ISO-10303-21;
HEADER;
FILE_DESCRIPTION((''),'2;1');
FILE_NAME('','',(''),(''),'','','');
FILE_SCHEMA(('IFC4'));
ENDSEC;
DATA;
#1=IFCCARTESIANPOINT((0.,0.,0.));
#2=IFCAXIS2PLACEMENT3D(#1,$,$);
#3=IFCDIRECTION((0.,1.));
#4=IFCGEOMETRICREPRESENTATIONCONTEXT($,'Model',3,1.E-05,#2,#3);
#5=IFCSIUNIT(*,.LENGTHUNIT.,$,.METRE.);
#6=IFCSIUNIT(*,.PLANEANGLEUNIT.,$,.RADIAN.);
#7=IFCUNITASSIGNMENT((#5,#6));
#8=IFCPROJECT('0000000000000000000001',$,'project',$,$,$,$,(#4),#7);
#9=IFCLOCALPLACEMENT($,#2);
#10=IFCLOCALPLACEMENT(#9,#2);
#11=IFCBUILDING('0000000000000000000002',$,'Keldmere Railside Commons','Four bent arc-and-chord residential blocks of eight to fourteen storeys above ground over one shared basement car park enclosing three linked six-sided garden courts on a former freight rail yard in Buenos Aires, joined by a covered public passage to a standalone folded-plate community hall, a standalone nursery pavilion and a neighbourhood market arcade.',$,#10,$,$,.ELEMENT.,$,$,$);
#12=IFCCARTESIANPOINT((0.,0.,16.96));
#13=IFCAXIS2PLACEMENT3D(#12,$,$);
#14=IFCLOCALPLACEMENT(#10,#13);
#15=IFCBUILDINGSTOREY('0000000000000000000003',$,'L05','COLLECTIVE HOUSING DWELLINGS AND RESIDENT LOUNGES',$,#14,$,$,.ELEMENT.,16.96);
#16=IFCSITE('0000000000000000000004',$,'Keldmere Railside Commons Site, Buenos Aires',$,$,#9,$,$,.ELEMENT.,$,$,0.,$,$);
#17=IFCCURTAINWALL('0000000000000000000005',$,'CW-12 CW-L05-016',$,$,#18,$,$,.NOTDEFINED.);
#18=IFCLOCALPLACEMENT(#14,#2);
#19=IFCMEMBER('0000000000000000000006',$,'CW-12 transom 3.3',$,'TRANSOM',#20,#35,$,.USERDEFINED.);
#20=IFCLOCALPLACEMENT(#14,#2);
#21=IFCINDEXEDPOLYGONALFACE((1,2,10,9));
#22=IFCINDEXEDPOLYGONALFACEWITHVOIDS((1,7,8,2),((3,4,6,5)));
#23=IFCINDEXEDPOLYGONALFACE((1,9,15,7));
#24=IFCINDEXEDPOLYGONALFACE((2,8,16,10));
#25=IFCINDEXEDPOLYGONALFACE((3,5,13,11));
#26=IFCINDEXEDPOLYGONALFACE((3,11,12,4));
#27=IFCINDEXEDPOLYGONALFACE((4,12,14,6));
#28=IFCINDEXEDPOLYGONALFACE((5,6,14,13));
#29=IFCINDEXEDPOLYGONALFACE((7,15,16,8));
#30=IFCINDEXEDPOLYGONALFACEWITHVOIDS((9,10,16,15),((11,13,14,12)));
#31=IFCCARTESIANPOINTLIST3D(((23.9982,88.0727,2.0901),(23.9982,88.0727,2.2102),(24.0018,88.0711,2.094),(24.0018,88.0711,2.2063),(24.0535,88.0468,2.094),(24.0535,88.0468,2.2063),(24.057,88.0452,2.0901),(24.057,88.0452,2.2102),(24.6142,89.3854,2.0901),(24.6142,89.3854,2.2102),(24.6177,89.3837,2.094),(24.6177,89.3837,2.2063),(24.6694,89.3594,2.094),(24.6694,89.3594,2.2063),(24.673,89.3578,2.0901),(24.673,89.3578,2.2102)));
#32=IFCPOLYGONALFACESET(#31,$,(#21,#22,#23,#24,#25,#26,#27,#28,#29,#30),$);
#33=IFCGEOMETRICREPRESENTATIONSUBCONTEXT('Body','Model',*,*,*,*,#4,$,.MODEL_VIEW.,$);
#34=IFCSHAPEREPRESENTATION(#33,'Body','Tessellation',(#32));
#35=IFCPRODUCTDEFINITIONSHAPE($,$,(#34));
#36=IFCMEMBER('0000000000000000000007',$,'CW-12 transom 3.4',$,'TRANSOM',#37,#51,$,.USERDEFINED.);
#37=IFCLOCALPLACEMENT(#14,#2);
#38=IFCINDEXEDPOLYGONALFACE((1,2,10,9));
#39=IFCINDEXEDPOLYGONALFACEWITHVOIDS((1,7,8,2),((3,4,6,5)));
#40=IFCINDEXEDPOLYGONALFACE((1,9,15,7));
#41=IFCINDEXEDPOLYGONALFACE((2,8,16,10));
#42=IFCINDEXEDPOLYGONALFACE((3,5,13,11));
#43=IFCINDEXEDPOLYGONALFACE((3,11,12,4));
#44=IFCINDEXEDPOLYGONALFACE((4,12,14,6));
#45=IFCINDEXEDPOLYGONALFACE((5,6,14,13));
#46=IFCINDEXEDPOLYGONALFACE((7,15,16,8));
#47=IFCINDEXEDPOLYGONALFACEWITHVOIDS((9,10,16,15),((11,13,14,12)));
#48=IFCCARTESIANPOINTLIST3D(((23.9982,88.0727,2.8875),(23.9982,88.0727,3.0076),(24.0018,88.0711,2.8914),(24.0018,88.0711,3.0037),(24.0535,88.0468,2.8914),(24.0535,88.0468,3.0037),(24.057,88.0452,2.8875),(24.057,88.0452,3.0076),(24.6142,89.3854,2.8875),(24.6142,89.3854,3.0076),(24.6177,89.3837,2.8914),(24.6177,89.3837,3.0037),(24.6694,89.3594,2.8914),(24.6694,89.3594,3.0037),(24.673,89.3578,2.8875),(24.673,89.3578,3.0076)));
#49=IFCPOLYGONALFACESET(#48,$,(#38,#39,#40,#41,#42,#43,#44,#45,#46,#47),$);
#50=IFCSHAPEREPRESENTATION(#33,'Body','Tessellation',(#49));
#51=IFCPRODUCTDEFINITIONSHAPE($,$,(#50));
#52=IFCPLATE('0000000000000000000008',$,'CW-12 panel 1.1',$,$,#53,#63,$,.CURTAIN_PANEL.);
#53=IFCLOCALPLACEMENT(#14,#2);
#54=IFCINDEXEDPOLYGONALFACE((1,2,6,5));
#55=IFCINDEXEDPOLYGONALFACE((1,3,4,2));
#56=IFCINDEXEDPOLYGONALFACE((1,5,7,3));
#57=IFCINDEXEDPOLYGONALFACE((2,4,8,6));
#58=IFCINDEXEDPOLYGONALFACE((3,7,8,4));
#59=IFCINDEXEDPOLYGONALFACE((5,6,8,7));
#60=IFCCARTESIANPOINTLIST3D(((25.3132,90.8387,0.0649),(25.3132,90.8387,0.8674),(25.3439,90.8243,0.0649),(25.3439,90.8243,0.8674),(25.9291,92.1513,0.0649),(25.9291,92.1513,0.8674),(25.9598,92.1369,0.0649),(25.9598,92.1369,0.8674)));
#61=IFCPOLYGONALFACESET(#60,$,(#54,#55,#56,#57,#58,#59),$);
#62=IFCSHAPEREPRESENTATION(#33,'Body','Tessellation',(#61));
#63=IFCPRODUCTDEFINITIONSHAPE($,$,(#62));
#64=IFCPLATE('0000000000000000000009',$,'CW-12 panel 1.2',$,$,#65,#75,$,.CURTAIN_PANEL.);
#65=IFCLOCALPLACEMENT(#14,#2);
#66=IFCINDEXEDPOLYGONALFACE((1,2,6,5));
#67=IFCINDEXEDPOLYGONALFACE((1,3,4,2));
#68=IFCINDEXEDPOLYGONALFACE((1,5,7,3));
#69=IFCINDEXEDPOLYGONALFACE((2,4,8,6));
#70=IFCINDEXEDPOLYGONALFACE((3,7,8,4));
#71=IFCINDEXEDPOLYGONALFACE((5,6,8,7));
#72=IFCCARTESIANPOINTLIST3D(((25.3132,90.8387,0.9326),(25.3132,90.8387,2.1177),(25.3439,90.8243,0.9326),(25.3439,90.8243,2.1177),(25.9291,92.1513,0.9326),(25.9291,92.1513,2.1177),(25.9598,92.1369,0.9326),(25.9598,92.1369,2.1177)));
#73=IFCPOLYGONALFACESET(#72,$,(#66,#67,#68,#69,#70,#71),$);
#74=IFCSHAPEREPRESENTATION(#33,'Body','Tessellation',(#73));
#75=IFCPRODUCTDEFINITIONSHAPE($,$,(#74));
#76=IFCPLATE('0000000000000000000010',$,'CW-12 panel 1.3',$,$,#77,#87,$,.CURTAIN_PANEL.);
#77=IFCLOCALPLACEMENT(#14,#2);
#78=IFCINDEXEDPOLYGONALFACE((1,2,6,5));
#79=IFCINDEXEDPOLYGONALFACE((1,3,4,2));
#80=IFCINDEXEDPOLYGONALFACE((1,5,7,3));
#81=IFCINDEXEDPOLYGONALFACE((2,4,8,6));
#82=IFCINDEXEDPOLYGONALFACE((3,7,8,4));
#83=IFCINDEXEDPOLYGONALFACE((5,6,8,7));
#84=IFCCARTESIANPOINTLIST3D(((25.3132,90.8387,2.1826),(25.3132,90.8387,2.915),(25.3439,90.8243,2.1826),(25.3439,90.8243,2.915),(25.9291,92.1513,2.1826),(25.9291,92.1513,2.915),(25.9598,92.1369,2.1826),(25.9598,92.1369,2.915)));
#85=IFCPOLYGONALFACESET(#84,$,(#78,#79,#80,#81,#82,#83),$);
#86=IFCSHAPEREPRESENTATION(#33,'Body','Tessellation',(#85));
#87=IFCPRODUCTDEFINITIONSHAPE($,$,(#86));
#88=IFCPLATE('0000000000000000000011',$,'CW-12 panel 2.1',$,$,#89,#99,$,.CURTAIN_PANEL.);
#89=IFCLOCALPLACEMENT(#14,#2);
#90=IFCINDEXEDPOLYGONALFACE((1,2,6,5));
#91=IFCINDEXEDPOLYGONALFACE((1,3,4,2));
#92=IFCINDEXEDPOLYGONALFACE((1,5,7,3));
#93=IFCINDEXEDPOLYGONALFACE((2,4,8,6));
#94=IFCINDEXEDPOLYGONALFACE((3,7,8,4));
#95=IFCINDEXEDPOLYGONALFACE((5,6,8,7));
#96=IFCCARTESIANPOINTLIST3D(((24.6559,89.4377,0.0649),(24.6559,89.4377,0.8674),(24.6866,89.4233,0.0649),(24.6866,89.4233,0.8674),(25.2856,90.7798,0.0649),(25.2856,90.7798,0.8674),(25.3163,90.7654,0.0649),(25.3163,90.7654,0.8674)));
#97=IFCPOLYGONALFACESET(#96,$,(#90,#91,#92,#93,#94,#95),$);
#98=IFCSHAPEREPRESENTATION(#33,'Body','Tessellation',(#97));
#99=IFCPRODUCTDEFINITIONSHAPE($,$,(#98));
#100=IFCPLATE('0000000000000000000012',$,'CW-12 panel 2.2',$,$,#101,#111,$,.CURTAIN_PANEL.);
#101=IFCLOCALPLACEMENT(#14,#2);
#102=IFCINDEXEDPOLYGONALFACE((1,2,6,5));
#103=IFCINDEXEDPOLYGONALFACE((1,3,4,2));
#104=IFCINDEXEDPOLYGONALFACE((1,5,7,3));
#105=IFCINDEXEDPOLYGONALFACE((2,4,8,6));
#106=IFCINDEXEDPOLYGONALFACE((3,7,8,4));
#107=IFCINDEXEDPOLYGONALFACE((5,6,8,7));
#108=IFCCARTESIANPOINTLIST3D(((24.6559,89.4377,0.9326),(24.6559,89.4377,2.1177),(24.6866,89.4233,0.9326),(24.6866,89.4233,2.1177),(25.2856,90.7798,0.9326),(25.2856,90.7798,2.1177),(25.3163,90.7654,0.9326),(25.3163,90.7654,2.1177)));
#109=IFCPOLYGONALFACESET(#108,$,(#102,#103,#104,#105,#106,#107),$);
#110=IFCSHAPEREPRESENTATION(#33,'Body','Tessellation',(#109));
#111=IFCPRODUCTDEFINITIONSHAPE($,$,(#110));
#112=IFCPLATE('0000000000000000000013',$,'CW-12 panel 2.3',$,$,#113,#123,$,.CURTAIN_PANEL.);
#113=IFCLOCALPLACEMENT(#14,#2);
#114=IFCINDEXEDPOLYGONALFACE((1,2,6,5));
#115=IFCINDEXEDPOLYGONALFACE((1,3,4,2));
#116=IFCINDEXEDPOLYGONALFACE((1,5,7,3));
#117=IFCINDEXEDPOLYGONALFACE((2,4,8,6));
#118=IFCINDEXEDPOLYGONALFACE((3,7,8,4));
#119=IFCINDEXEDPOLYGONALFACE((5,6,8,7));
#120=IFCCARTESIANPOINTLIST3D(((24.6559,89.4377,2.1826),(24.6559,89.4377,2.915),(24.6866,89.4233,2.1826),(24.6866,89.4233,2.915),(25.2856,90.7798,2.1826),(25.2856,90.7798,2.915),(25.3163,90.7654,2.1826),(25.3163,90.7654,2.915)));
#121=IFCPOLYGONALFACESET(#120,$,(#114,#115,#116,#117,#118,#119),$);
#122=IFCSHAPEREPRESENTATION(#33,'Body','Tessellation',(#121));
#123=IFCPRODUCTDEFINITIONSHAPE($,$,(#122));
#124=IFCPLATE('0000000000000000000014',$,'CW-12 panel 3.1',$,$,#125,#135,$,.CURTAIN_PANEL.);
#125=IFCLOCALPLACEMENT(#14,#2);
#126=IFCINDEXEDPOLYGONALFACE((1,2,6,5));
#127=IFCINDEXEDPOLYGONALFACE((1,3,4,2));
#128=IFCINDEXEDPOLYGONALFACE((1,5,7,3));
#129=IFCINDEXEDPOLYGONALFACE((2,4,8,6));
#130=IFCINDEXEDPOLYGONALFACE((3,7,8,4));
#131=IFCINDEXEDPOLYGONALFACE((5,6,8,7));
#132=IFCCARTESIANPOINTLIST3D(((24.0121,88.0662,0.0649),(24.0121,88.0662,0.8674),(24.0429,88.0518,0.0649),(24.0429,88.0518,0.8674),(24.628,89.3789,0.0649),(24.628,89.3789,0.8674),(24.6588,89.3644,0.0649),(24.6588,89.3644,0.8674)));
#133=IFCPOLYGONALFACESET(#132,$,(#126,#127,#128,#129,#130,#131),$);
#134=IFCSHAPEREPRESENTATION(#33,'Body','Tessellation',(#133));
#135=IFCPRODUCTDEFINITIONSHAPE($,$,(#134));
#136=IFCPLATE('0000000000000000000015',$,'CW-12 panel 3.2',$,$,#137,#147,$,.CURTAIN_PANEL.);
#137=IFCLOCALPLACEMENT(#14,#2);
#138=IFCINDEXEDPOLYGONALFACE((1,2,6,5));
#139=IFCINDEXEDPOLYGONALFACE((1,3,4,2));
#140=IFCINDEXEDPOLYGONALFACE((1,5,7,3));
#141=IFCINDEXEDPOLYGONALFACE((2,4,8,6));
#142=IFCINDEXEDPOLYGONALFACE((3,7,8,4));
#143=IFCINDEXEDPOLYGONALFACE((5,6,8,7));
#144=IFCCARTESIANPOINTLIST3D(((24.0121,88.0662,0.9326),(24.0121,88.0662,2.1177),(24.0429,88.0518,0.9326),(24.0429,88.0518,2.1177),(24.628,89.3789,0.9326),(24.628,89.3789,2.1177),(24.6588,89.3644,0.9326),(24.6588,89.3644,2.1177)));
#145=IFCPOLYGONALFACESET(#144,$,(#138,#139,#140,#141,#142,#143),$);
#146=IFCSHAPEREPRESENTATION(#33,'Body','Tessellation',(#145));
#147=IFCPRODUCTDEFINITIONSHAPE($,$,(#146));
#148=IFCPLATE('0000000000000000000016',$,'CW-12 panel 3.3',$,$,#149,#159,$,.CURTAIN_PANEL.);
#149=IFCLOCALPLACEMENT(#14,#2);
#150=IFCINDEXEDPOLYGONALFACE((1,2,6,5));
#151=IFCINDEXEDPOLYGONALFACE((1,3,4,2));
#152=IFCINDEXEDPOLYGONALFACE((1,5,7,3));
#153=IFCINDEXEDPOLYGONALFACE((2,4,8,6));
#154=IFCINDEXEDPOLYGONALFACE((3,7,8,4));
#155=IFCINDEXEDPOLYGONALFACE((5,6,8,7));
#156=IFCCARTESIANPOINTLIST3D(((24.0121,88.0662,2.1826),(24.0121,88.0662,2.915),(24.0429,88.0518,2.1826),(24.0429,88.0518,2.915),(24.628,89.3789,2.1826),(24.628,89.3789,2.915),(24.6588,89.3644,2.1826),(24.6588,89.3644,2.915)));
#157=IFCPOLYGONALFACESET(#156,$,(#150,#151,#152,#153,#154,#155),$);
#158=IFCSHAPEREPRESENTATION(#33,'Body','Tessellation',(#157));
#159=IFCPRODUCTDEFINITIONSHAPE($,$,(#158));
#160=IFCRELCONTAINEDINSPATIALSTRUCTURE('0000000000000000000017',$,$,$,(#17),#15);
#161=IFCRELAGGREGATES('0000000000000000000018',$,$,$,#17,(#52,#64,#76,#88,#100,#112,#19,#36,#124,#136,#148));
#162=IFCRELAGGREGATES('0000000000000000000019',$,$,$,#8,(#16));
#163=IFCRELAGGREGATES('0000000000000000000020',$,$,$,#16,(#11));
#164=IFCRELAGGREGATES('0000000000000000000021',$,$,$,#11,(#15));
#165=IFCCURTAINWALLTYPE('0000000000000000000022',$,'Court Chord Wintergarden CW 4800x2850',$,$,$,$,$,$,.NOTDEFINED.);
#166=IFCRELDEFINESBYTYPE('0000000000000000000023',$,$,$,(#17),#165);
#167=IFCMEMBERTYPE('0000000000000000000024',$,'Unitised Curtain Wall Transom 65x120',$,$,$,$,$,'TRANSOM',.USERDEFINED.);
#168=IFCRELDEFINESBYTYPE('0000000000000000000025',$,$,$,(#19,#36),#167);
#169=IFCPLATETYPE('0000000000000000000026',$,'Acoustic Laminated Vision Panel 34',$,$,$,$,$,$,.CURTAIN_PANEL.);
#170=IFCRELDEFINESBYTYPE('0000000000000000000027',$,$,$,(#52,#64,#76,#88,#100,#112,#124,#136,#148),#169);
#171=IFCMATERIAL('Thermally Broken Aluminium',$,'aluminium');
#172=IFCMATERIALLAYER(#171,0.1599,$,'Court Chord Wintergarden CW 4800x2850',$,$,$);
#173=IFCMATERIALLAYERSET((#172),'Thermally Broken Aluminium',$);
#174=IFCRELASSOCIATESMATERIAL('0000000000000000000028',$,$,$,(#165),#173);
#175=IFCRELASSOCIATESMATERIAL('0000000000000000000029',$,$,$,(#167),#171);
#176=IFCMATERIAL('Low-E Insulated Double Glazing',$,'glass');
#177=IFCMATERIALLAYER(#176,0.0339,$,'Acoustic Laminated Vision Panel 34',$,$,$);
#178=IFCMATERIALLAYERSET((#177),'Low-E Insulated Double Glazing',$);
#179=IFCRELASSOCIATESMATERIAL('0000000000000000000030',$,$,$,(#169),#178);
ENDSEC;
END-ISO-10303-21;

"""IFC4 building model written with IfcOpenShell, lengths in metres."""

from ifc_helpers import new_model, si_unit, direction, frame, origin, origin_2d, place, context, subcontext, project, spatial, rectangle, hollow_rectangle, extrude, material, layer, layer_set, material_profile, profile_set, type_object, element, aggregate, save


model = new_model("IFC4")

# Units and contexts
model_context = context("Model", 3, precision=1e-05, world=origin(), true_north=direction((0.0, 1.0)))
body_context = subcontext(model_context, "Body", "Model", "MODEL_VIEW")
ifc_project = project(units=[si_unit("LENGTHUNIT", "METRE"), si_unit("PLANEANGLEUNIT", "RADIAN")], contexts=[model_context])

# Site, building, storey
site_placement = place(None, origin())
site = spatial("IfcSite", under=ifc_project, at=site_placement, Name="Keldmere Railside Commons Site, Buenos Aires", CompositionType="ELEMENT", RefElevation=0.0)
building_placement = place(site_placement, origin())
building = spatial("IfcBuilding", under=site, at=building_placement, Name="Keldmere Railside Commons", Description="Four bent arc-and-chord residential blocks of eight to fourteen storeys above ground over one shared basement car park enclosing three linked six-sided garden courts on a former freight rail yard in Buenos Aires, joined by a covered public passage to a standalone folded-plate community hall, a standalone nursery pavilion and a neighbourhood market arcade.", CompositionType="ELEMENT")
storey_placement = place(building_placement, frame((0.0, 0.0, 16.96)))
storey = spatial("IfcBuildingStorey", under=building, at=storey_placement, Name="L05", Description="COLLECTIVE HOUSING DWELLINGS AND RESIDENT LOUNGES", CompositionType="ELEMENT", Elevation=16.96)

# Curtain wall, members, plates
ifc_material_1 = material(Name="Thermally Broken Aluminium", Category="aluminium")
ifc_layer_1 = layer(ifc_material_1, 0.1599, Name="Court Chord Wintergarden CW 4800x2850")
ifc_layer_set_1 = layer_set([ifc_layer_1], Name="Thermally Broken Aluminium")
curtain_wall_type = type_object("IfcCurtainWallType", Name="Court Chord Wintergarden CW 4800x2850", PredefinedType="NOTDEFINED", material=ifc_layer_set_1)
curtain_wall_placement = place(storey_placement, origin())
curtain_wall = element("IfcCurtainWall", 1, at=curtain_wall_placement, inside=storey, type_object=curtain_wall_type, Name="CW-12 CW-L05-016", PredefinedType="NOTDEFINED")
ifc_material_profile_1 = material_profile(ifc_material_1, hollow_rectangle(XDim=0.0649, YDim=0.1201, WallThickness=0.0039, at=origin_2d()), Name="ALU-TRAN-65x120")
ifc_profile_set_1 = profile_set([ifc_material_profile_1], Name="Thermally Broken Aluminium")
member_type_1 = type_object("IfcMemberType", Name="Unitised Curtain Wall Transom 65x120", ElementType="TRANSOM", PredefinedType="USERDEFINED", material=ifc_profile_set_1)
member_1_placement = place(storey_placement, frame((24.6436, 89.3716, 2.1501), z_axis=(-0.424783, -0.905295, 0.0), x_axis=(0.905295, -0.424783, 0.0)))
member_1 = element("IfcMember", 2, at=member_1_placement, type_object=member_type_1, Name="CW-12 transom 3.3", ObjectType="TRANSOM", PredefinedType="USERDEFINED", context=body_context, shape_type="SweptSolid", body=[
    extrude(hollow_rectangle(XDim=0.0649, YDim=0.1201, WallThickness=0.0039, at=origin_2d()), origin(), (0.0, 0.0, 1.0), 1.45),
])
member_2_placement = place(storey_placement, frame((24.6436, 89.3716, 2.9475), z_axis=(-0.424783, -0.905295, 0.0), x_axis=(0.905295, -0.424783, 0.0)))
member_2 = element("IfcMember", 3, at=member_2_placement, type_object=member_type_1, Name="CW-12 transom 3.4", ObjectType="TRANSOM", PredefinedType="USERDEFINED", context=body_context, shape_type="SweptSolid", body=[
    extrude(hollow_rectangle(XDim=0.0649, YDim=0.1201, WallThickness=0.0039, at=origin_2d()), origin(), (0.0, 0.0, 1.0), 1.45),
])
ifc_material_2 = material(Name="Low-E Insulated Double Glazing", Category="glass")
ifc_layer_2 = layer(ifc_material_2, 0.0339, Name="Acoustic Laminated Vision Panel 34")
ifc_layer_set_2 = layer_set([ifc_layer_2], Name="Low-E Insulated Double Glazing")
plate_type = type_object("IfcPlateType", Name="Acoustic Laminated Vision Panel 34", PredefinedType="CURTAIN_PANEL", material=ifc_layer_set_2)
plate_1_placement = place(storey_placement, frame((25.6365, 91.4878, 0.0649), z_axis=(0.0, 0.0, 1.0), x_axis=(-0.424759, -0.905306, 0.0)))
plate_1 = element("IfcPlate", 4, at=plate_1_placement, type_object=plate_type, Name="CW-12 panel 1.1", PredefinedType="CURTAIN_PANEL", context=body_context, shape_type="SweptSolid", body=[
    extrude(rectangle(XDim=1.45, YDim=0.0339, at=origin_2d()), origin(), (0.0, 0.0, 1.0), 0.8025),
])
plate_2_placement = place(storey_placement, frame((25.6365, 91.4878, 0.9326), z_axis=(0.0, 0.0, 1.0), x_axis=(-0.424759, -0.905306, 0.0)))
plate_2 = element("IfcPlate", 5, at=plate_2_placement, type_object=plate_type, Name="CW-12 panel 1.2", PredefinedType="CURTAIN_PANEL", context=body_context, shape_type="SweptSolid", body=[
    extrude(rectangle(XDim=1.45, YDim=0.0339, at=origin_2d()), origin(), (0.0, 0.0, 1.0), 1.1851),
])
plate_3_placement = place(storey_placement, frame((25.6365, 91.4878, 2.1826), z_axis=(0.0, 0.0, 1.0), x_axis=(-0.424759, -0.905306, 0.0)))
plate_3 = element("IfcPlate", 6, at=plate_3_placement, type_object=plate_type, Name="CW-12 panel 1.3", PredefinedType="CURTAIN_PANEL", context=body_context, shape_type="SweptSolid", body=[
    extrude(rectangle(XDim=1.45, YDim=0.0339, at=origin_2d()), origin(), (0.0, 0.0, 1.0), 0.7324),
])
plate_4_placement = place(storey_placement, frame((24.9861, 90.1016, 0.0649), z_axis=(0.0, 0.0, 1.0), x_axis=(-0.424759, -0.905306, 0.0)))
plate_4 = element("IfcPlate", 7, at=plate_4_placement, type_object=plate_type, Name="CW-12 panel 2.1", PredefinedType="CURTAIN_PANEL", context=body_context, shape_type="SweptSolid", body=[
    extrude(rectangle(XDim=1.4824, YDim=0.0339, at=origin_2d()), origin(), (0.0, 0.0, 1.0), 0.8025),
])
plate_5_placement = place(storey_placement, frame((24.9861, 90.1016, 0.9326), z_axis=(0.0, 0.0, 1.0), x_axis=(-0.424759, -0.905306, 0.0)))
plate_5 = element("IfcPlate", 8, at=plate_5_placement, type_object=plate_type, Name="CW-12 panel 2.2", PredefinedType="CURTAIN_PANEL", context=body_context, shape_type="SweptSolid", body=[
    extrude(rectangle(XDim=1.4824, YDim=0.0339, at=origin_2d()), origin(), (0.0, 0.0, 1.0), 1.1851),
])
plate_6_placement = place(storey_placement, frame((24.9861, 90.1016, 2.1826), z_axis=(0.0, 0.0, 1.0), x_axis=(-0.424759, -0.905306, 0.0)))
plate_6 = element("IfcPlate", 9, at=plate_6_placement, type_object=plate_type, Name="CW-12 panel 2.3", PredefinedType="CURTAIN_PANEL", context=body_context, shape_type="SweptSolid", body=[
    extrude(rectangle(XDim=1.4824, YDim=0.0339, at=origin_2d()), origin(), (0.0, 0.0, 1.0), 0.7324),
])
plate_7_placement = place(storey_placement, frame((24.3354, 88.7153, 0.0649), z_axis=(0.0, 0.0, 1.0), x_axis=(-0.424759, -0.905306, 0.0)))
plate_7 = element("IfcPlate", 10, at=plate_7_placement, type_object=plate_type, Name="CW-12 panel 3.1", PredefinedType="CURTAIN_PANEL", context=body_context, shape_type="SweptSolid", body=[
    extrude(rectangle(XDim=1.45, YDim=0.0339, at=origin_2d()), origin(), (0.0, 0.0, 1.0), 0.8025),
])
plate_8_placement = place(storey_placement, frame((24.3354, 88.7153, 0.9326), z_axis=(0.0, 0.0, 1.0), x_axis=(-0.424759, -0.905306, 0.0)))
plate_8 = element("IfcPlate", 11, at=plate_8_placement, type_object=plate_type, Name="CW-12 panel 3.2", PredefinedType="CURTAIN_PANEL", context=body_context, shape_type="SweptSolid", body=[
    extrude(rectangle(XDim=1.45, YDim=0.0339, at=origin_2d()), origin(), (0.0, 0.0, 1.0), 1.1851),
])
plate_9_placement = place(storey_placement, frame((24.3354, 88.7153, 2.1826), z_axis=(0.0, 0.0, 1.0), x_axis=(-0.424759, -0.905306, 0.0)))
plate_9 = element("IfcPlate", 12, at=plate_9_placement, type_object=plate_type, Name="CW-12 panel 3.3", PredefinedType="CURTAIN_PANEL", context=body_context, shape_type="SweptSolid", body=[
    extrude(rectangle(XDim=1.45, YDim=0.0339, at=origin_2d()), origin(), (0.0, 0.0, 1.0), 0.7324),
])
aggregate(curtain_wall, [plate_1, plate_2, plate_3, plate_4, plate_5, plate_6, member_1, member_2, plate_7, plate_8, plate_9])

save(model, "model.ifc")
